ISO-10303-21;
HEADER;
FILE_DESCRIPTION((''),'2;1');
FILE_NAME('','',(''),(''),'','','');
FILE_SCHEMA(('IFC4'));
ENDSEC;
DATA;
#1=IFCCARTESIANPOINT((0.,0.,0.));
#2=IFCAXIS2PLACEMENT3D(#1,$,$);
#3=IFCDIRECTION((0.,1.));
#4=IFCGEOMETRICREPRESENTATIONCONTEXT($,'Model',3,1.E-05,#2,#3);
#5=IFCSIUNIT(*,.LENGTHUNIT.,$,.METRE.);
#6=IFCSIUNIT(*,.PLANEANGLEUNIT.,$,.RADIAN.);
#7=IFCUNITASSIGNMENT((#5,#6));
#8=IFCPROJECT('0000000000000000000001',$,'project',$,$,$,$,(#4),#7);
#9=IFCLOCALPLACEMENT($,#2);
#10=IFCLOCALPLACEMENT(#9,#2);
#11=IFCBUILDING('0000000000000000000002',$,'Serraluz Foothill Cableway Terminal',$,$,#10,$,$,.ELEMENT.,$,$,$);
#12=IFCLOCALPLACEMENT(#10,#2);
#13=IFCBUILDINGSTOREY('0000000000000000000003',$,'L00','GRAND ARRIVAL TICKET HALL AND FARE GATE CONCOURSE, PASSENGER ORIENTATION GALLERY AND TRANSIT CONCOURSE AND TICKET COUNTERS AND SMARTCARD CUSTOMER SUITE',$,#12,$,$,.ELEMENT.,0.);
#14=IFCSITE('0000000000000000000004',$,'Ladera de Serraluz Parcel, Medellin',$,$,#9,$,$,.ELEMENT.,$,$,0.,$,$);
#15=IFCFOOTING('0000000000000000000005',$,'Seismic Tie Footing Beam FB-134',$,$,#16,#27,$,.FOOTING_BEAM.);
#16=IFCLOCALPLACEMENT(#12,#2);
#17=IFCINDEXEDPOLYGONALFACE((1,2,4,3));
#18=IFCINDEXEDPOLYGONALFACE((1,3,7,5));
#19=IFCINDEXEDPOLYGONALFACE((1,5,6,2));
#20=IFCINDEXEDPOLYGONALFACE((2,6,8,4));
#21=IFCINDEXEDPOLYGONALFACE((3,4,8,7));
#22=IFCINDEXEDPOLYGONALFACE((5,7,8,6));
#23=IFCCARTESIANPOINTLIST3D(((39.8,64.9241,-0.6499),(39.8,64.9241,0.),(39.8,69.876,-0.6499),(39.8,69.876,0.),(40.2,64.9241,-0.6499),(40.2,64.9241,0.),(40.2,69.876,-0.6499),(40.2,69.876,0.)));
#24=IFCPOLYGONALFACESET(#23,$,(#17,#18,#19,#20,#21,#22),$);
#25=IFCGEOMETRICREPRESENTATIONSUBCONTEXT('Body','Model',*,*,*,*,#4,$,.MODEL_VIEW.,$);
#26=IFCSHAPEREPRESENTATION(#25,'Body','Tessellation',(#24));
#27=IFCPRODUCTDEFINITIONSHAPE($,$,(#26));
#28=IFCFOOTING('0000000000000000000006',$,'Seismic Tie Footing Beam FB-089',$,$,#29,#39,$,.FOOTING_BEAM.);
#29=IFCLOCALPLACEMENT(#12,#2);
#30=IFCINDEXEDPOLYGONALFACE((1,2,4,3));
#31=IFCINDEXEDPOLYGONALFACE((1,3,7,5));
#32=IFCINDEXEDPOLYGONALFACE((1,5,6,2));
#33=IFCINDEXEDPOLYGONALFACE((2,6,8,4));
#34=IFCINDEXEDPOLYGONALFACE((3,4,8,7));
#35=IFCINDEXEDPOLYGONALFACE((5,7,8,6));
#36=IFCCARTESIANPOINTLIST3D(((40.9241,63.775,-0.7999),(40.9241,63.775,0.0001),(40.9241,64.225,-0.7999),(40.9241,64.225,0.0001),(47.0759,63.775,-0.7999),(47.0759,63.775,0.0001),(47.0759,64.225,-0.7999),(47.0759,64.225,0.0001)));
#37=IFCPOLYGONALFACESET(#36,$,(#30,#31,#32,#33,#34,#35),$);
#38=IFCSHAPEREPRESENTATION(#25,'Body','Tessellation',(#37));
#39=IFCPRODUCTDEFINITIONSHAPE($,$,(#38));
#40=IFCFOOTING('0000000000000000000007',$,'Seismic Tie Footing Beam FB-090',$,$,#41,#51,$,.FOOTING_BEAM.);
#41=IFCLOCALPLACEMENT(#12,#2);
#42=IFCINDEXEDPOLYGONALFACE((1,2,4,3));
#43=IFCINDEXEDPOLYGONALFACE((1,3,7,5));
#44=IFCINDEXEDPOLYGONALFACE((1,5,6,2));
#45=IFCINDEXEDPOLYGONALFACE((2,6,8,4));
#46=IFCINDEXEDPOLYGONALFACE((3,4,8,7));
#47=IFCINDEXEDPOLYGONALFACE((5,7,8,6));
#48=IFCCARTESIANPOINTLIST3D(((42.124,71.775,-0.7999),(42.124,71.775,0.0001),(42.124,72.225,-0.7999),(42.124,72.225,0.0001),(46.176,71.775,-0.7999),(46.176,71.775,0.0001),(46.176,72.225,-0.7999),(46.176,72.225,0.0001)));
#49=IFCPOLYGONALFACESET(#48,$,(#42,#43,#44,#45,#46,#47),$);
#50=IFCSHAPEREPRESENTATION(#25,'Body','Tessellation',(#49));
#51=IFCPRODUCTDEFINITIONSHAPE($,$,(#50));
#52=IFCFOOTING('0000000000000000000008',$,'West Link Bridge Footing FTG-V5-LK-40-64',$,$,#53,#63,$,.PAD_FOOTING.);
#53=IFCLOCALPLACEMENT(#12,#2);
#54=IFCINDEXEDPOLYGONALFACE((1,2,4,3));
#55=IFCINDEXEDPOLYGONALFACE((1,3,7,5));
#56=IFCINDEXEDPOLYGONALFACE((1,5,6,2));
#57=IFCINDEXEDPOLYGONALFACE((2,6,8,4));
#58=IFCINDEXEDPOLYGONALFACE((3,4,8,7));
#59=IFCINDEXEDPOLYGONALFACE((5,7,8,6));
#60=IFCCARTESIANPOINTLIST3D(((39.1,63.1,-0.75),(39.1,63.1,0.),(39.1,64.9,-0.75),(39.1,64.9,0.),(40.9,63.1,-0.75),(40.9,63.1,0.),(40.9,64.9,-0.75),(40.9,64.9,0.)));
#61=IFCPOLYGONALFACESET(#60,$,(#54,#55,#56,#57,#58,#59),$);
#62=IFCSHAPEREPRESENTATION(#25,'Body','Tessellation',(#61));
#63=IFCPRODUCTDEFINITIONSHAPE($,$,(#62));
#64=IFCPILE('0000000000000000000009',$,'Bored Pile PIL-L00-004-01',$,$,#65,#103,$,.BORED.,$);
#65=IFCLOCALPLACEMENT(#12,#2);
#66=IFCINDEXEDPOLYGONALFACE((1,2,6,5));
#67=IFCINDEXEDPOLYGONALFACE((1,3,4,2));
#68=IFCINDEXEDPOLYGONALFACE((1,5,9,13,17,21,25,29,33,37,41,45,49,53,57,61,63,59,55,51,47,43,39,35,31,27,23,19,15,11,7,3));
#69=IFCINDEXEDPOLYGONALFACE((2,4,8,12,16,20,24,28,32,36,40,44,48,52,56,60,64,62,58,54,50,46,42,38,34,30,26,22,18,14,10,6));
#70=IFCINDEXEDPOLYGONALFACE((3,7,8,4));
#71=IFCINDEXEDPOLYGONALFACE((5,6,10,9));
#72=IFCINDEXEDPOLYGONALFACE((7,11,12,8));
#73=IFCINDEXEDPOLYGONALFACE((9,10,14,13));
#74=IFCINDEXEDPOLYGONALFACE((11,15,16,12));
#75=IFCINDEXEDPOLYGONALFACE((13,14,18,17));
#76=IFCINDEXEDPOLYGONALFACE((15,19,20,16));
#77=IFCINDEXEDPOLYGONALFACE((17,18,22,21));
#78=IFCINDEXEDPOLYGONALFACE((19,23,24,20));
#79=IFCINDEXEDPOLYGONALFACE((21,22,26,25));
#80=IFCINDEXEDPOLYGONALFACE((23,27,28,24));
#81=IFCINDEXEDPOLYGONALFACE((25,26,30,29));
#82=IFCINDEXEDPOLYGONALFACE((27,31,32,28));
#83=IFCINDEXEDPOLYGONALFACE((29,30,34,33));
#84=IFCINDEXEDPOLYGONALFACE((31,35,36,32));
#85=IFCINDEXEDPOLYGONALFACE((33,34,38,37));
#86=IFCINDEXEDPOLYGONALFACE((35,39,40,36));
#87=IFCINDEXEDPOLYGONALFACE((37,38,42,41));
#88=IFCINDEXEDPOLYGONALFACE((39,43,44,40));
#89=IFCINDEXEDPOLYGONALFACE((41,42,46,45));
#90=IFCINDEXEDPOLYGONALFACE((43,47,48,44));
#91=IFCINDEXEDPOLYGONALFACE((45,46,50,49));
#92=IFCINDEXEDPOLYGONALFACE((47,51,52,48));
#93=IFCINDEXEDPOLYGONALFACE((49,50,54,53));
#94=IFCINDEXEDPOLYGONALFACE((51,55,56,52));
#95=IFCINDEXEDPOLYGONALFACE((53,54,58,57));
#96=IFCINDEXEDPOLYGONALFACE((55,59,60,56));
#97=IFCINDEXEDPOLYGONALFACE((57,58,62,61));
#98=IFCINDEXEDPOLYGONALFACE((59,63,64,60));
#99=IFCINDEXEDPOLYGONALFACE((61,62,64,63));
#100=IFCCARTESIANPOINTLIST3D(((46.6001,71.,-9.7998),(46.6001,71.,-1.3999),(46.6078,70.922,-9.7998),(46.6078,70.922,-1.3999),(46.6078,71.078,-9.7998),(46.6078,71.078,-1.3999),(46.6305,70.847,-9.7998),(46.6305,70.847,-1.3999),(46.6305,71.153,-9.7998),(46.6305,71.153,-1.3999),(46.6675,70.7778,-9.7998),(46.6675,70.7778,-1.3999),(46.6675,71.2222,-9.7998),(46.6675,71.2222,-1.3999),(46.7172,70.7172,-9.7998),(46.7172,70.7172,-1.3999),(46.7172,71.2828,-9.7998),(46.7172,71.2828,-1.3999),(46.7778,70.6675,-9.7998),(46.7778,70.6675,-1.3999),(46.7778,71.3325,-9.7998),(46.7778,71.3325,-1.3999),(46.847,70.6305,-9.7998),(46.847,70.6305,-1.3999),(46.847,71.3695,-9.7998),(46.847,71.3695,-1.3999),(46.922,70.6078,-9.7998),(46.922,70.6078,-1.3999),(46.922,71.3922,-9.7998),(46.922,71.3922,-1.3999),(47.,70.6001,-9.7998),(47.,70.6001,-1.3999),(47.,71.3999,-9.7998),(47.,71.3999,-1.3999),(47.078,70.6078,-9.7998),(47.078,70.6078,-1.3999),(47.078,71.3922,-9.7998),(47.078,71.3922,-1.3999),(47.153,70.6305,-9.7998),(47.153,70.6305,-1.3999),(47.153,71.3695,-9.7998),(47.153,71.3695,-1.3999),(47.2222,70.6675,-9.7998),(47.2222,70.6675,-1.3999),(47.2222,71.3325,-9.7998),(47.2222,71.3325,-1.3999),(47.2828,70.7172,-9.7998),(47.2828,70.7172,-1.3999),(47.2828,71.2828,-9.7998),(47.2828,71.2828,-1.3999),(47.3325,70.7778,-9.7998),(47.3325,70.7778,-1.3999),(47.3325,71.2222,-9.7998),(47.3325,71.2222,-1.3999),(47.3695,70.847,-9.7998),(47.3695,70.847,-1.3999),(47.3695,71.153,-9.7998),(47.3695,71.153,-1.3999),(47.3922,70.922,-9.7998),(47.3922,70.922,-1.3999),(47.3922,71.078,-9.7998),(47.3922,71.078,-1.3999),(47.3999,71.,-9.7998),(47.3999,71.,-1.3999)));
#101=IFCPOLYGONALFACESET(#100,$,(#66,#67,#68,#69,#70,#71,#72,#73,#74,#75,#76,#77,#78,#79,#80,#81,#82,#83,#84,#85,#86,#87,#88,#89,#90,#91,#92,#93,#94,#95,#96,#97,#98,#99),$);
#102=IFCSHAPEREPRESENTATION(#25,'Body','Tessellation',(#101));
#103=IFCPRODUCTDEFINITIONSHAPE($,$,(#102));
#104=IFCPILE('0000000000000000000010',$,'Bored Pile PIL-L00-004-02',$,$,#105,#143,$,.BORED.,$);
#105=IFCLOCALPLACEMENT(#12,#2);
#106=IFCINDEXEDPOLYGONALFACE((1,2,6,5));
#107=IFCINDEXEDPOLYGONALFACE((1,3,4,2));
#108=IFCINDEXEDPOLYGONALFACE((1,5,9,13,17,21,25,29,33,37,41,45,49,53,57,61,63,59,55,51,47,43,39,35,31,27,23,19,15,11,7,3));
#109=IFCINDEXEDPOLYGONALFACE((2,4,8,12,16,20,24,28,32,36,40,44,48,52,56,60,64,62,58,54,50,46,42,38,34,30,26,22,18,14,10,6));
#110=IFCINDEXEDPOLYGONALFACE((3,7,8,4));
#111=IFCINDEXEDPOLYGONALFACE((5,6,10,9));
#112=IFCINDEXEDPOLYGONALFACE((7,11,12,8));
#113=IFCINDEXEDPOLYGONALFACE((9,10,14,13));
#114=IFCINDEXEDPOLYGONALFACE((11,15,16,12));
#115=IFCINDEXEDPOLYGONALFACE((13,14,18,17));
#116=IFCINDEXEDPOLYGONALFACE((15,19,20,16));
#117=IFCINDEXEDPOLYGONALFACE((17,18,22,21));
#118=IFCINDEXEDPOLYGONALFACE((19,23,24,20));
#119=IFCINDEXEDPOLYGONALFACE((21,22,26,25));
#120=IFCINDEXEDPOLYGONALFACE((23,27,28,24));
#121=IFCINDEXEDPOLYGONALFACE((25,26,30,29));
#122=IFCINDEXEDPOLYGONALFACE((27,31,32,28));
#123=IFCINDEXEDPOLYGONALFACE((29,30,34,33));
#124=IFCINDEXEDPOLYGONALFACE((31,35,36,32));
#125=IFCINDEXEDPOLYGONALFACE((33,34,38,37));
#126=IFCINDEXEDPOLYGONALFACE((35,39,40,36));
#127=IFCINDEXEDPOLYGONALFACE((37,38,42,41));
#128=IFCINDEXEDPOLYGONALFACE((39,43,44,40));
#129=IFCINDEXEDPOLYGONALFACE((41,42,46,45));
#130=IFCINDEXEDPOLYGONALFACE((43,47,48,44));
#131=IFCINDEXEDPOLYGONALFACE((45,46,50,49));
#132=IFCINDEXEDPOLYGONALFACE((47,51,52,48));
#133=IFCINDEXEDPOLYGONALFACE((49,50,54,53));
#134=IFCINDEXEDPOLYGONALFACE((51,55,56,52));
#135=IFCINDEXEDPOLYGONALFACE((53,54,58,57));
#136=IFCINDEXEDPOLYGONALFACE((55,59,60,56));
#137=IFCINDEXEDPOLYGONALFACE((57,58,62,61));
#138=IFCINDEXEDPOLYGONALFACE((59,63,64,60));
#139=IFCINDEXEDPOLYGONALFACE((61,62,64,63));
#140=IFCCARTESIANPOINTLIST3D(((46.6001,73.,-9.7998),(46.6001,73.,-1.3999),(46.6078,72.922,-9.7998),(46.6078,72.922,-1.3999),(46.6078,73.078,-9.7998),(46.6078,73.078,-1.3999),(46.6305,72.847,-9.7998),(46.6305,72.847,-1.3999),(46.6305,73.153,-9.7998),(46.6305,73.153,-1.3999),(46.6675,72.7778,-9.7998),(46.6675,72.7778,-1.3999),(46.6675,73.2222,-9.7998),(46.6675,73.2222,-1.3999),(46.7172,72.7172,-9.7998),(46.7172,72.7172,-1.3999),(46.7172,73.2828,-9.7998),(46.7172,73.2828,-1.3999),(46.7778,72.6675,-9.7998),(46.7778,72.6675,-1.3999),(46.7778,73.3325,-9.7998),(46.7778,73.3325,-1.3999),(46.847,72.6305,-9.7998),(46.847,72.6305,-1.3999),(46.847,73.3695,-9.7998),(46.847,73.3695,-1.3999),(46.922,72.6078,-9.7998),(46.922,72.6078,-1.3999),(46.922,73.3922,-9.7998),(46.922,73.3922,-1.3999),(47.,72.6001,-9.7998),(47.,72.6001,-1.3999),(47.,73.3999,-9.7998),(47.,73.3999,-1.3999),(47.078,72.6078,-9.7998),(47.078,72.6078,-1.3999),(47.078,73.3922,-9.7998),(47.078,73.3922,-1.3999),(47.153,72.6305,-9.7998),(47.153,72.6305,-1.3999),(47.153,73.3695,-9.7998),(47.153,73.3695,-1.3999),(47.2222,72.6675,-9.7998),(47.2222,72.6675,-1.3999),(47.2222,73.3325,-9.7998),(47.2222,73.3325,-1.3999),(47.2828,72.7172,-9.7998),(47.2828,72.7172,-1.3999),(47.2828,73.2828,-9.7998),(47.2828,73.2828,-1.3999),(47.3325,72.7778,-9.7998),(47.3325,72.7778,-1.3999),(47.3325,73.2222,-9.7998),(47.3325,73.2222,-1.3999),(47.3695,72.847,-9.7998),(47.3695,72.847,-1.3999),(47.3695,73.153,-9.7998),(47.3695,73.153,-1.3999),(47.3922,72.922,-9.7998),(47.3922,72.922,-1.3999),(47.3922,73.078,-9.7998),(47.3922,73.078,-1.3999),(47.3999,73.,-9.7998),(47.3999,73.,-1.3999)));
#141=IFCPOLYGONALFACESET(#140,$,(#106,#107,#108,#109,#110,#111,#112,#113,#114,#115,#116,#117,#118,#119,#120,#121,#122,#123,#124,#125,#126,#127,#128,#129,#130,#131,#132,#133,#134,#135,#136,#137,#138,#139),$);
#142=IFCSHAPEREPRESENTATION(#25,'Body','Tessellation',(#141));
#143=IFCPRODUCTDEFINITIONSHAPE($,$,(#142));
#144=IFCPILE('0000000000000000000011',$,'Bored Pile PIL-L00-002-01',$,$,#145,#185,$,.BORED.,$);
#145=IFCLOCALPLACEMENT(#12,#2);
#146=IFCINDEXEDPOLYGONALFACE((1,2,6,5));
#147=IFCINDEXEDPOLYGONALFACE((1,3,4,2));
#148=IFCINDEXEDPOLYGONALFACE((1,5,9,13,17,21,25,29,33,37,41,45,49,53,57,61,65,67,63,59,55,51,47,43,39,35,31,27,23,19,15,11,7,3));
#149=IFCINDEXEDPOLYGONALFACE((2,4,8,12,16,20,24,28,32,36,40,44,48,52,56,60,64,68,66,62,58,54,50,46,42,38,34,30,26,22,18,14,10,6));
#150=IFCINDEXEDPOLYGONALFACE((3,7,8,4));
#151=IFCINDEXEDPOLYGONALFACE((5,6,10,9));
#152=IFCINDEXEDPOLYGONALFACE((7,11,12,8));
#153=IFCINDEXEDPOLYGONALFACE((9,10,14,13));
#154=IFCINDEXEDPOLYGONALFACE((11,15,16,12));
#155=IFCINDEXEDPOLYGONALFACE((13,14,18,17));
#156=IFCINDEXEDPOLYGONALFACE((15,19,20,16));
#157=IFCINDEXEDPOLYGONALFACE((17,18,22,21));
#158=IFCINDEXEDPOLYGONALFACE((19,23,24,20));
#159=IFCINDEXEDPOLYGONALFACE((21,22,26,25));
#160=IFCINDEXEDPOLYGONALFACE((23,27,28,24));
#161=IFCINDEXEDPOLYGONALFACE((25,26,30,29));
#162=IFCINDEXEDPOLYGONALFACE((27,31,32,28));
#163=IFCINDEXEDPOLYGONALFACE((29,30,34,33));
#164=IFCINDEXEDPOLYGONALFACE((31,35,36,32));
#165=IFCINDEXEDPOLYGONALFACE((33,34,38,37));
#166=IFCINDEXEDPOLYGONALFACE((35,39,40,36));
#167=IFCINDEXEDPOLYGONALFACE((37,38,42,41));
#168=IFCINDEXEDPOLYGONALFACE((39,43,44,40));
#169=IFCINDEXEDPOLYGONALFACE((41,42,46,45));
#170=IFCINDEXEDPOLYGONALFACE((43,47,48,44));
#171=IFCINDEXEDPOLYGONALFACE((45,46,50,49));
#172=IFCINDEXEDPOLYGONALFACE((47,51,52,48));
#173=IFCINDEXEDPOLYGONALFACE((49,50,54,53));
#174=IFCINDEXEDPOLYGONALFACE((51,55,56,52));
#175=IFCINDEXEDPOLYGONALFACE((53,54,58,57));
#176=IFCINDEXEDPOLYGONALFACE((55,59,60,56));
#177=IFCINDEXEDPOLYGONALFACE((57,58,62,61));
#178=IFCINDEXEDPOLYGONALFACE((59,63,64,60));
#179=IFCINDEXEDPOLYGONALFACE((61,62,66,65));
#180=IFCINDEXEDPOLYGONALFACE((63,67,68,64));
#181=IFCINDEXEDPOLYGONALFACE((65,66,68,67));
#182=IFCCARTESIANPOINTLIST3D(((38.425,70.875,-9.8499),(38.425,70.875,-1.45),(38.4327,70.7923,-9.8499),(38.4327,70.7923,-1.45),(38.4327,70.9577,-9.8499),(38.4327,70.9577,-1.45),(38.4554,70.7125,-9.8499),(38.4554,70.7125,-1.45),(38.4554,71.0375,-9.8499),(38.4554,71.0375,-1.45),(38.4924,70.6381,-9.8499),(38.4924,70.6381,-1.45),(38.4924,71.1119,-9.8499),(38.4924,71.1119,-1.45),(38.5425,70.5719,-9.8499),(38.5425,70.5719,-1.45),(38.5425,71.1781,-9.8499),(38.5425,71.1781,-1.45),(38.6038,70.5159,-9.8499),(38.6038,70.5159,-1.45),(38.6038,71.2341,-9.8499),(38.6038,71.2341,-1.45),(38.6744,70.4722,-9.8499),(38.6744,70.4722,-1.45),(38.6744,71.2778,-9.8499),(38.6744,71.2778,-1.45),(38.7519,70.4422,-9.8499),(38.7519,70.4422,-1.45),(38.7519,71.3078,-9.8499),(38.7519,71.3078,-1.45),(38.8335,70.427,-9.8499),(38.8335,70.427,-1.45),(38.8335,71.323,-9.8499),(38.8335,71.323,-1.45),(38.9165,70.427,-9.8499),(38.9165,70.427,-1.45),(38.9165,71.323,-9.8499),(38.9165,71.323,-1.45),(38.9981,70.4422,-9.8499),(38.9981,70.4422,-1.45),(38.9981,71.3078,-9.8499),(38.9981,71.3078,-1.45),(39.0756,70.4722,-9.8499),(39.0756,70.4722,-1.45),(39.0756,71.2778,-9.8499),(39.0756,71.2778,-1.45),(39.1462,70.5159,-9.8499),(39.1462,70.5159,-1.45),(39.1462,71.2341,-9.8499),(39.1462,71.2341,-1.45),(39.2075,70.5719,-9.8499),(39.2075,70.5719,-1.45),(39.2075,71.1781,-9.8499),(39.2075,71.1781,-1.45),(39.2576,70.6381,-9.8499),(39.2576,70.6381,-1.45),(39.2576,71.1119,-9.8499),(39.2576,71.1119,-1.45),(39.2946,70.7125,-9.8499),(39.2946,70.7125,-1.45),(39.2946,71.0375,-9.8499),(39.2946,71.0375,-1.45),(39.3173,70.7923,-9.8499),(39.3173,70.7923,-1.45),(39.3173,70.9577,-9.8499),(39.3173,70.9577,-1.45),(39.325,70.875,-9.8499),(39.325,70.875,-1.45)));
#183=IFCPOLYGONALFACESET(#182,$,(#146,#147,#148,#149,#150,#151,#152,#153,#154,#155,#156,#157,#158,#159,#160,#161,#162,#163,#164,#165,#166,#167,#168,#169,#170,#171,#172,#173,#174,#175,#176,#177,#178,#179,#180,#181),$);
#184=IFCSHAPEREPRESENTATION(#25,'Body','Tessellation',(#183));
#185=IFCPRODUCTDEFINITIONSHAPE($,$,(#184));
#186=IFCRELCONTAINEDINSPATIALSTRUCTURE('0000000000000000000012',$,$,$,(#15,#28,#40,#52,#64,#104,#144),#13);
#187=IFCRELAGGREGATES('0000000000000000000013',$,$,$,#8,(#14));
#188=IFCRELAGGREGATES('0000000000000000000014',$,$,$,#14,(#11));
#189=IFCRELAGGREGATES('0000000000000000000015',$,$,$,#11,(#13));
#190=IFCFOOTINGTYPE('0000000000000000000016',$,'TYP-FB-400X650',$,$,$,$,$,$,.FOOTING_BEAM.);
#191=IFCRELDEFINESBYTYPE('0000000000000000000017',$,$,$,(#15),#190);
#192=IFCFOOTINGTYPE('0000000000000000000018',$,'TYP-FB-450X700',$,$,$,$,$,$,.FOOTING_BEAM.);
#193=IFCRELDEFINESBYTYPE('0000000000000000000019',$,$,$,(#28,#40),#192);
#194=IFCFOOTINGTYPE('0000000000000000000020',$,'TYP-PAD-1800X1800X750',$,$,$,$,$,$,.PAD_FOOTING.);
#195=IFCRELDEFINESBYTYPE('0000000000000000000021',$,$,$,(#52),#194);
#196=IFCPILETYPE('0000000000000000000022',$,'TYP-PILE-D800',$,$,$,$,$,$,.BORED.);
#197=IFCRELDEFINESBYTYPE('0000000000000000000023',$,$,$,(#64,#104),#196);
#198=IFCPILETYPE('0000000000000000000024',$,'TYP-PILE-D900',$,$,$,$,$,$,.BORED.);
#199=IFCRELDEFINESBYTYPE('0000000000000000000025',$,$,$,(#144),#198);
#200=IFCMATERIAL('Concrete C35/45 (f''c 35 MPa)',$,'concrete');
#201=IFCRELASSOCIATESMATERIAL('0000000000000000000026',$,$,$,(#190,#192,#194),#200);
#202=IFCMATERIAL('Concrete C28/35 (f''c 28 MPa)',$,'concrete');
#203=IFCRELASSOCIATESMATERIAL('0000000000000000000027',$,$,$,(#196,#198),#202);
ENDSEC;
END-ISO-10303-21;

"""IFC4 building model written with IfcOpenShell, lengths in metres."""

from ifc_helpers import new_model, si_unit, direction, frame, origin, origin_2d, place, context, subcontext, project, spatial, rectangle, circle, extrude, material, material_profile, profile_set, type_object, element, save


model = new_model("IFC4")

# Units and contexts
model_context = context("Model", 3, precision=1e-05, world=origin(), true_north=direction((0.0, 1.0)))
body_context = subcontext(model_context, "Body", "Model", "MODEL_VIEW")
ifc_project = project(units=[si_unit("LENGTHUNIT", "METRE"), si_unit("PLANEANGLEUNIT", "RADIAN")], contexts=[model_context])

# Site, building, storey
site_placement = place(None, origin())
site = spatial("IfcSite", under=ifc_project, at=site_placement, Name="Ladera de Serraluz Parcel, Medellin", CompositionType="ELEMENT", RefElevation=0.0)
building_placement = place(site_placement, origin())
building = spatial("IfcBuilding", under=site, at=building_placement, Name="Serraluz Foothill Cableway Terminal", CompositionType="ELEMENT")
storey_placement = place(building_placement, origin())
storey = spatial("IfcBuildingStorey", under=building, at=storey_placement, Name="L00", Description="GRAND ARRIVAL TICKET HALL AND FARE GATE CONCOURSE, PASSENGER ORIENTATION GALLERY AND TRANSIT CONCOURSE AND TICKET COUNTERS AND SMARTCARD CUSTOMER SUITE", CompositionType="ELEMENT", Elevation=0.0)

# Footings
ifc_material_1 = material(Name="Concrete C35/45 (f'c 35 MPa)", Category="concrete")
ifc_material_profile_1 = material_profile(ifc_material_1, rectangle(XDim=0.3999, YDim=0.6499, at=origin_2d()), Name="RC 400x650")
ifc_profile_set_1 = profile_set([ifc_material_profile_1], Name="Concrete C35/45 (f'c 35 MPa)")
footing_type_1 = type_object("IfcFootingType", Name="TYP-FB-400X650", PredefinedType="FOOTING_BEAM", material=ifc_profile_set_1)
footing_1_placement = place(storey_placement, frame((40.0, 64.9241, -0.325), z_axis=(0.0, 1.0, 0.0), x_axis=(-1.0, 0.0, 0.0)))
element("IfcFooting", 1, at=footing_1_placement, inside=storey, type_object=footing_type_1, Name="Seismic Tie Footing Beam FB-134", PredefinedType="FOOTING_BEAM", context=body_context, shape_type="SweptSolid", body=[
    extrude(rectangle(XDim=0.3999, YDim=0.6499, at=origin_2d()), origin(), (0.0, 0.0, 1.0), 4.9519),
])
ifc_material_profile_2 = material_profile(ifc_material_1, rectangle(XDim=0.45, YDim=0.8, at=origin_2d()), Name="RC 450x800")
ifc_profile_set_2 = profile_set([ifc_material_profile_2], Name="Concrete C35/45 (f'c 35 MPa)")
footing_type_2 = type_object("IfcFootingType", Name="TYP-FB-450X700", PredefinedType="FOOTING_BEAM", material=ifc_profile_set_2)
footing_2_placement = place(storey_placement, frame((40.9241, 64.0, -0.3999), z_axis=(1.0, 0.0, 0.0), x_axis=(0.0, 1.0, 0.0)))
element("IfcFooting", 2, at=footing_2_placement, inside=storey, type_object=footing_type_2, Name="Seismic Tie Footing Beam FB-089", PredefinedType="FOOTING_BEAM", context=body_context, shape_type="SweptSolid", body=[
    extrude(rectangle(XDim=0.45, YDim=0.8, at=origin_2d()), origin(), (0.0, 0.0, 1.0), 6.1519),
])
footing_3_placement = place(storey_placement, frame((42.124, 72.0, -0.3999), z_axis=(1.0, 0.0, 0.0), x_axis=(0.0, 1.0, 0.0)))
element("IfcFooting", 3, at=footing_3_placement, inside=storey, type_object=footing_type_2, Name="Seismic Tie Footing Beam FB-090", PredefinedType="FOOTING_BEAM", context=body_context, shape_type="SweptSolid", body=[
    extrude(rectangle(XDim=0.45, YDim=0.8, at=origin_2d()), origin(), (0.0, 0.0, 1.0), 4.052),
])
footing_type_3 = type_object("IfcFootingType", Name="TYP-PAD-1800X1800X750", PredefinedType="PAD_FOOTING", material=ifc_material_1)
footing_4_placement = place(storey_placement, frame((40.0, 64.0, -0.75), z_axis=(0.0, 0.0, 1.0), x_axis=(1.0, 0.0, 0.0)))
element("IfcFooting", 4, at=footing_4_placement, inside=storey, type_object=footing_type_3, Name="West Link Bridge Footing FTG-V5-LK-40-64", PredefinedType="PAD_FOOTING", context=body_context, shape_type="SweptSolid", body=[
    extrude(rectangle(XDim=1.8, YDim=1.8, at=origin_2d()), origin(), (0.0, 0.0, 1.0), 0.75),
])

# Piles
ifc_material_2 = material(Name="Concrete C28/35 (f'c 28 MPa)", Category="concrete")
ifc_material_profile_3 = material_profile(ifc_material_2, circle(Radius=0.3999, at=origin_2d()), Name="BORED PILE D800")
ifc_profile_set_3 = profile_set([ifc_material_profile_3], Name="Concrete C28/35 (f'c 28 MPa)")
pile_type_1 = type_object("IfcPileType", Name="TYP-PILE-D800", PredefinedType="BORED", material=ifc_profile_set_3)
for number, where, z_axis, x_axis, name in (
    (5, (47.0, 71.0, -1.3999), (0.0, 0.0, -1.0), (1.0, 0.0, 0.0), "Bored Pile PIL-L00-004-01"),
    (6, (47.0, 73.0, -1.3999), (0.0, 0.0, -1.0), (1.0, 0.0, 0.0), "Bored Pile PIL-L00-004-02"),
):
    element("IfcPile", number, at=place(storey_placement, frame(where, z_axis=z_axis, x_axis=x_axis)), inside=storey, type_object=pile_type_1, Name=name, PredefinedType="BORED", context=body_context, shape_type="SweptSolid", body=[
        extrude(circle(Radius=0.3999, at=origin_2d()), origin(), (0.0, 0.0, 1.0), 8.3999),
    ])
ifc_material_profile_4 = material_profile(ifc_material_2, circle(Radius=0.45, at=origin_2d()), Name="BORED PILE D900")
ifc_profile_set_4 = profile_set([ifc_material_profile_4], Name="Concrete C28/35 (f'c 28 MPa)")
pile_type_2 = type_object("IfcPileType", Name="TYP-PILE-D900", PredefinedType="BORED", material=ifc_profile_set_4)
for number, where, z_axis, x_axis, name in (
    (7, (38.875, 70.875, -1.45), (0.0, 0.0, -1.0), (1.0, 0.0, 0.0), "Bored Pile PIL-L00-002-01"),
):
    element("IfcPile", number, at=place(storey_placement, frame(where, z_axis=z_axis, x_axis=x_axis)), inside=storey, type_object=pile_type_2, Name=name, PredefinedType="BORED", context=body_context, shape_type="SweptSolid", body=[
        extrude(circle(Radius=0.45, at=origin_2d()), origin(), (0.0, 0.0, 1.0), 8.3999),
    ])

save(model, "model.ifc")
